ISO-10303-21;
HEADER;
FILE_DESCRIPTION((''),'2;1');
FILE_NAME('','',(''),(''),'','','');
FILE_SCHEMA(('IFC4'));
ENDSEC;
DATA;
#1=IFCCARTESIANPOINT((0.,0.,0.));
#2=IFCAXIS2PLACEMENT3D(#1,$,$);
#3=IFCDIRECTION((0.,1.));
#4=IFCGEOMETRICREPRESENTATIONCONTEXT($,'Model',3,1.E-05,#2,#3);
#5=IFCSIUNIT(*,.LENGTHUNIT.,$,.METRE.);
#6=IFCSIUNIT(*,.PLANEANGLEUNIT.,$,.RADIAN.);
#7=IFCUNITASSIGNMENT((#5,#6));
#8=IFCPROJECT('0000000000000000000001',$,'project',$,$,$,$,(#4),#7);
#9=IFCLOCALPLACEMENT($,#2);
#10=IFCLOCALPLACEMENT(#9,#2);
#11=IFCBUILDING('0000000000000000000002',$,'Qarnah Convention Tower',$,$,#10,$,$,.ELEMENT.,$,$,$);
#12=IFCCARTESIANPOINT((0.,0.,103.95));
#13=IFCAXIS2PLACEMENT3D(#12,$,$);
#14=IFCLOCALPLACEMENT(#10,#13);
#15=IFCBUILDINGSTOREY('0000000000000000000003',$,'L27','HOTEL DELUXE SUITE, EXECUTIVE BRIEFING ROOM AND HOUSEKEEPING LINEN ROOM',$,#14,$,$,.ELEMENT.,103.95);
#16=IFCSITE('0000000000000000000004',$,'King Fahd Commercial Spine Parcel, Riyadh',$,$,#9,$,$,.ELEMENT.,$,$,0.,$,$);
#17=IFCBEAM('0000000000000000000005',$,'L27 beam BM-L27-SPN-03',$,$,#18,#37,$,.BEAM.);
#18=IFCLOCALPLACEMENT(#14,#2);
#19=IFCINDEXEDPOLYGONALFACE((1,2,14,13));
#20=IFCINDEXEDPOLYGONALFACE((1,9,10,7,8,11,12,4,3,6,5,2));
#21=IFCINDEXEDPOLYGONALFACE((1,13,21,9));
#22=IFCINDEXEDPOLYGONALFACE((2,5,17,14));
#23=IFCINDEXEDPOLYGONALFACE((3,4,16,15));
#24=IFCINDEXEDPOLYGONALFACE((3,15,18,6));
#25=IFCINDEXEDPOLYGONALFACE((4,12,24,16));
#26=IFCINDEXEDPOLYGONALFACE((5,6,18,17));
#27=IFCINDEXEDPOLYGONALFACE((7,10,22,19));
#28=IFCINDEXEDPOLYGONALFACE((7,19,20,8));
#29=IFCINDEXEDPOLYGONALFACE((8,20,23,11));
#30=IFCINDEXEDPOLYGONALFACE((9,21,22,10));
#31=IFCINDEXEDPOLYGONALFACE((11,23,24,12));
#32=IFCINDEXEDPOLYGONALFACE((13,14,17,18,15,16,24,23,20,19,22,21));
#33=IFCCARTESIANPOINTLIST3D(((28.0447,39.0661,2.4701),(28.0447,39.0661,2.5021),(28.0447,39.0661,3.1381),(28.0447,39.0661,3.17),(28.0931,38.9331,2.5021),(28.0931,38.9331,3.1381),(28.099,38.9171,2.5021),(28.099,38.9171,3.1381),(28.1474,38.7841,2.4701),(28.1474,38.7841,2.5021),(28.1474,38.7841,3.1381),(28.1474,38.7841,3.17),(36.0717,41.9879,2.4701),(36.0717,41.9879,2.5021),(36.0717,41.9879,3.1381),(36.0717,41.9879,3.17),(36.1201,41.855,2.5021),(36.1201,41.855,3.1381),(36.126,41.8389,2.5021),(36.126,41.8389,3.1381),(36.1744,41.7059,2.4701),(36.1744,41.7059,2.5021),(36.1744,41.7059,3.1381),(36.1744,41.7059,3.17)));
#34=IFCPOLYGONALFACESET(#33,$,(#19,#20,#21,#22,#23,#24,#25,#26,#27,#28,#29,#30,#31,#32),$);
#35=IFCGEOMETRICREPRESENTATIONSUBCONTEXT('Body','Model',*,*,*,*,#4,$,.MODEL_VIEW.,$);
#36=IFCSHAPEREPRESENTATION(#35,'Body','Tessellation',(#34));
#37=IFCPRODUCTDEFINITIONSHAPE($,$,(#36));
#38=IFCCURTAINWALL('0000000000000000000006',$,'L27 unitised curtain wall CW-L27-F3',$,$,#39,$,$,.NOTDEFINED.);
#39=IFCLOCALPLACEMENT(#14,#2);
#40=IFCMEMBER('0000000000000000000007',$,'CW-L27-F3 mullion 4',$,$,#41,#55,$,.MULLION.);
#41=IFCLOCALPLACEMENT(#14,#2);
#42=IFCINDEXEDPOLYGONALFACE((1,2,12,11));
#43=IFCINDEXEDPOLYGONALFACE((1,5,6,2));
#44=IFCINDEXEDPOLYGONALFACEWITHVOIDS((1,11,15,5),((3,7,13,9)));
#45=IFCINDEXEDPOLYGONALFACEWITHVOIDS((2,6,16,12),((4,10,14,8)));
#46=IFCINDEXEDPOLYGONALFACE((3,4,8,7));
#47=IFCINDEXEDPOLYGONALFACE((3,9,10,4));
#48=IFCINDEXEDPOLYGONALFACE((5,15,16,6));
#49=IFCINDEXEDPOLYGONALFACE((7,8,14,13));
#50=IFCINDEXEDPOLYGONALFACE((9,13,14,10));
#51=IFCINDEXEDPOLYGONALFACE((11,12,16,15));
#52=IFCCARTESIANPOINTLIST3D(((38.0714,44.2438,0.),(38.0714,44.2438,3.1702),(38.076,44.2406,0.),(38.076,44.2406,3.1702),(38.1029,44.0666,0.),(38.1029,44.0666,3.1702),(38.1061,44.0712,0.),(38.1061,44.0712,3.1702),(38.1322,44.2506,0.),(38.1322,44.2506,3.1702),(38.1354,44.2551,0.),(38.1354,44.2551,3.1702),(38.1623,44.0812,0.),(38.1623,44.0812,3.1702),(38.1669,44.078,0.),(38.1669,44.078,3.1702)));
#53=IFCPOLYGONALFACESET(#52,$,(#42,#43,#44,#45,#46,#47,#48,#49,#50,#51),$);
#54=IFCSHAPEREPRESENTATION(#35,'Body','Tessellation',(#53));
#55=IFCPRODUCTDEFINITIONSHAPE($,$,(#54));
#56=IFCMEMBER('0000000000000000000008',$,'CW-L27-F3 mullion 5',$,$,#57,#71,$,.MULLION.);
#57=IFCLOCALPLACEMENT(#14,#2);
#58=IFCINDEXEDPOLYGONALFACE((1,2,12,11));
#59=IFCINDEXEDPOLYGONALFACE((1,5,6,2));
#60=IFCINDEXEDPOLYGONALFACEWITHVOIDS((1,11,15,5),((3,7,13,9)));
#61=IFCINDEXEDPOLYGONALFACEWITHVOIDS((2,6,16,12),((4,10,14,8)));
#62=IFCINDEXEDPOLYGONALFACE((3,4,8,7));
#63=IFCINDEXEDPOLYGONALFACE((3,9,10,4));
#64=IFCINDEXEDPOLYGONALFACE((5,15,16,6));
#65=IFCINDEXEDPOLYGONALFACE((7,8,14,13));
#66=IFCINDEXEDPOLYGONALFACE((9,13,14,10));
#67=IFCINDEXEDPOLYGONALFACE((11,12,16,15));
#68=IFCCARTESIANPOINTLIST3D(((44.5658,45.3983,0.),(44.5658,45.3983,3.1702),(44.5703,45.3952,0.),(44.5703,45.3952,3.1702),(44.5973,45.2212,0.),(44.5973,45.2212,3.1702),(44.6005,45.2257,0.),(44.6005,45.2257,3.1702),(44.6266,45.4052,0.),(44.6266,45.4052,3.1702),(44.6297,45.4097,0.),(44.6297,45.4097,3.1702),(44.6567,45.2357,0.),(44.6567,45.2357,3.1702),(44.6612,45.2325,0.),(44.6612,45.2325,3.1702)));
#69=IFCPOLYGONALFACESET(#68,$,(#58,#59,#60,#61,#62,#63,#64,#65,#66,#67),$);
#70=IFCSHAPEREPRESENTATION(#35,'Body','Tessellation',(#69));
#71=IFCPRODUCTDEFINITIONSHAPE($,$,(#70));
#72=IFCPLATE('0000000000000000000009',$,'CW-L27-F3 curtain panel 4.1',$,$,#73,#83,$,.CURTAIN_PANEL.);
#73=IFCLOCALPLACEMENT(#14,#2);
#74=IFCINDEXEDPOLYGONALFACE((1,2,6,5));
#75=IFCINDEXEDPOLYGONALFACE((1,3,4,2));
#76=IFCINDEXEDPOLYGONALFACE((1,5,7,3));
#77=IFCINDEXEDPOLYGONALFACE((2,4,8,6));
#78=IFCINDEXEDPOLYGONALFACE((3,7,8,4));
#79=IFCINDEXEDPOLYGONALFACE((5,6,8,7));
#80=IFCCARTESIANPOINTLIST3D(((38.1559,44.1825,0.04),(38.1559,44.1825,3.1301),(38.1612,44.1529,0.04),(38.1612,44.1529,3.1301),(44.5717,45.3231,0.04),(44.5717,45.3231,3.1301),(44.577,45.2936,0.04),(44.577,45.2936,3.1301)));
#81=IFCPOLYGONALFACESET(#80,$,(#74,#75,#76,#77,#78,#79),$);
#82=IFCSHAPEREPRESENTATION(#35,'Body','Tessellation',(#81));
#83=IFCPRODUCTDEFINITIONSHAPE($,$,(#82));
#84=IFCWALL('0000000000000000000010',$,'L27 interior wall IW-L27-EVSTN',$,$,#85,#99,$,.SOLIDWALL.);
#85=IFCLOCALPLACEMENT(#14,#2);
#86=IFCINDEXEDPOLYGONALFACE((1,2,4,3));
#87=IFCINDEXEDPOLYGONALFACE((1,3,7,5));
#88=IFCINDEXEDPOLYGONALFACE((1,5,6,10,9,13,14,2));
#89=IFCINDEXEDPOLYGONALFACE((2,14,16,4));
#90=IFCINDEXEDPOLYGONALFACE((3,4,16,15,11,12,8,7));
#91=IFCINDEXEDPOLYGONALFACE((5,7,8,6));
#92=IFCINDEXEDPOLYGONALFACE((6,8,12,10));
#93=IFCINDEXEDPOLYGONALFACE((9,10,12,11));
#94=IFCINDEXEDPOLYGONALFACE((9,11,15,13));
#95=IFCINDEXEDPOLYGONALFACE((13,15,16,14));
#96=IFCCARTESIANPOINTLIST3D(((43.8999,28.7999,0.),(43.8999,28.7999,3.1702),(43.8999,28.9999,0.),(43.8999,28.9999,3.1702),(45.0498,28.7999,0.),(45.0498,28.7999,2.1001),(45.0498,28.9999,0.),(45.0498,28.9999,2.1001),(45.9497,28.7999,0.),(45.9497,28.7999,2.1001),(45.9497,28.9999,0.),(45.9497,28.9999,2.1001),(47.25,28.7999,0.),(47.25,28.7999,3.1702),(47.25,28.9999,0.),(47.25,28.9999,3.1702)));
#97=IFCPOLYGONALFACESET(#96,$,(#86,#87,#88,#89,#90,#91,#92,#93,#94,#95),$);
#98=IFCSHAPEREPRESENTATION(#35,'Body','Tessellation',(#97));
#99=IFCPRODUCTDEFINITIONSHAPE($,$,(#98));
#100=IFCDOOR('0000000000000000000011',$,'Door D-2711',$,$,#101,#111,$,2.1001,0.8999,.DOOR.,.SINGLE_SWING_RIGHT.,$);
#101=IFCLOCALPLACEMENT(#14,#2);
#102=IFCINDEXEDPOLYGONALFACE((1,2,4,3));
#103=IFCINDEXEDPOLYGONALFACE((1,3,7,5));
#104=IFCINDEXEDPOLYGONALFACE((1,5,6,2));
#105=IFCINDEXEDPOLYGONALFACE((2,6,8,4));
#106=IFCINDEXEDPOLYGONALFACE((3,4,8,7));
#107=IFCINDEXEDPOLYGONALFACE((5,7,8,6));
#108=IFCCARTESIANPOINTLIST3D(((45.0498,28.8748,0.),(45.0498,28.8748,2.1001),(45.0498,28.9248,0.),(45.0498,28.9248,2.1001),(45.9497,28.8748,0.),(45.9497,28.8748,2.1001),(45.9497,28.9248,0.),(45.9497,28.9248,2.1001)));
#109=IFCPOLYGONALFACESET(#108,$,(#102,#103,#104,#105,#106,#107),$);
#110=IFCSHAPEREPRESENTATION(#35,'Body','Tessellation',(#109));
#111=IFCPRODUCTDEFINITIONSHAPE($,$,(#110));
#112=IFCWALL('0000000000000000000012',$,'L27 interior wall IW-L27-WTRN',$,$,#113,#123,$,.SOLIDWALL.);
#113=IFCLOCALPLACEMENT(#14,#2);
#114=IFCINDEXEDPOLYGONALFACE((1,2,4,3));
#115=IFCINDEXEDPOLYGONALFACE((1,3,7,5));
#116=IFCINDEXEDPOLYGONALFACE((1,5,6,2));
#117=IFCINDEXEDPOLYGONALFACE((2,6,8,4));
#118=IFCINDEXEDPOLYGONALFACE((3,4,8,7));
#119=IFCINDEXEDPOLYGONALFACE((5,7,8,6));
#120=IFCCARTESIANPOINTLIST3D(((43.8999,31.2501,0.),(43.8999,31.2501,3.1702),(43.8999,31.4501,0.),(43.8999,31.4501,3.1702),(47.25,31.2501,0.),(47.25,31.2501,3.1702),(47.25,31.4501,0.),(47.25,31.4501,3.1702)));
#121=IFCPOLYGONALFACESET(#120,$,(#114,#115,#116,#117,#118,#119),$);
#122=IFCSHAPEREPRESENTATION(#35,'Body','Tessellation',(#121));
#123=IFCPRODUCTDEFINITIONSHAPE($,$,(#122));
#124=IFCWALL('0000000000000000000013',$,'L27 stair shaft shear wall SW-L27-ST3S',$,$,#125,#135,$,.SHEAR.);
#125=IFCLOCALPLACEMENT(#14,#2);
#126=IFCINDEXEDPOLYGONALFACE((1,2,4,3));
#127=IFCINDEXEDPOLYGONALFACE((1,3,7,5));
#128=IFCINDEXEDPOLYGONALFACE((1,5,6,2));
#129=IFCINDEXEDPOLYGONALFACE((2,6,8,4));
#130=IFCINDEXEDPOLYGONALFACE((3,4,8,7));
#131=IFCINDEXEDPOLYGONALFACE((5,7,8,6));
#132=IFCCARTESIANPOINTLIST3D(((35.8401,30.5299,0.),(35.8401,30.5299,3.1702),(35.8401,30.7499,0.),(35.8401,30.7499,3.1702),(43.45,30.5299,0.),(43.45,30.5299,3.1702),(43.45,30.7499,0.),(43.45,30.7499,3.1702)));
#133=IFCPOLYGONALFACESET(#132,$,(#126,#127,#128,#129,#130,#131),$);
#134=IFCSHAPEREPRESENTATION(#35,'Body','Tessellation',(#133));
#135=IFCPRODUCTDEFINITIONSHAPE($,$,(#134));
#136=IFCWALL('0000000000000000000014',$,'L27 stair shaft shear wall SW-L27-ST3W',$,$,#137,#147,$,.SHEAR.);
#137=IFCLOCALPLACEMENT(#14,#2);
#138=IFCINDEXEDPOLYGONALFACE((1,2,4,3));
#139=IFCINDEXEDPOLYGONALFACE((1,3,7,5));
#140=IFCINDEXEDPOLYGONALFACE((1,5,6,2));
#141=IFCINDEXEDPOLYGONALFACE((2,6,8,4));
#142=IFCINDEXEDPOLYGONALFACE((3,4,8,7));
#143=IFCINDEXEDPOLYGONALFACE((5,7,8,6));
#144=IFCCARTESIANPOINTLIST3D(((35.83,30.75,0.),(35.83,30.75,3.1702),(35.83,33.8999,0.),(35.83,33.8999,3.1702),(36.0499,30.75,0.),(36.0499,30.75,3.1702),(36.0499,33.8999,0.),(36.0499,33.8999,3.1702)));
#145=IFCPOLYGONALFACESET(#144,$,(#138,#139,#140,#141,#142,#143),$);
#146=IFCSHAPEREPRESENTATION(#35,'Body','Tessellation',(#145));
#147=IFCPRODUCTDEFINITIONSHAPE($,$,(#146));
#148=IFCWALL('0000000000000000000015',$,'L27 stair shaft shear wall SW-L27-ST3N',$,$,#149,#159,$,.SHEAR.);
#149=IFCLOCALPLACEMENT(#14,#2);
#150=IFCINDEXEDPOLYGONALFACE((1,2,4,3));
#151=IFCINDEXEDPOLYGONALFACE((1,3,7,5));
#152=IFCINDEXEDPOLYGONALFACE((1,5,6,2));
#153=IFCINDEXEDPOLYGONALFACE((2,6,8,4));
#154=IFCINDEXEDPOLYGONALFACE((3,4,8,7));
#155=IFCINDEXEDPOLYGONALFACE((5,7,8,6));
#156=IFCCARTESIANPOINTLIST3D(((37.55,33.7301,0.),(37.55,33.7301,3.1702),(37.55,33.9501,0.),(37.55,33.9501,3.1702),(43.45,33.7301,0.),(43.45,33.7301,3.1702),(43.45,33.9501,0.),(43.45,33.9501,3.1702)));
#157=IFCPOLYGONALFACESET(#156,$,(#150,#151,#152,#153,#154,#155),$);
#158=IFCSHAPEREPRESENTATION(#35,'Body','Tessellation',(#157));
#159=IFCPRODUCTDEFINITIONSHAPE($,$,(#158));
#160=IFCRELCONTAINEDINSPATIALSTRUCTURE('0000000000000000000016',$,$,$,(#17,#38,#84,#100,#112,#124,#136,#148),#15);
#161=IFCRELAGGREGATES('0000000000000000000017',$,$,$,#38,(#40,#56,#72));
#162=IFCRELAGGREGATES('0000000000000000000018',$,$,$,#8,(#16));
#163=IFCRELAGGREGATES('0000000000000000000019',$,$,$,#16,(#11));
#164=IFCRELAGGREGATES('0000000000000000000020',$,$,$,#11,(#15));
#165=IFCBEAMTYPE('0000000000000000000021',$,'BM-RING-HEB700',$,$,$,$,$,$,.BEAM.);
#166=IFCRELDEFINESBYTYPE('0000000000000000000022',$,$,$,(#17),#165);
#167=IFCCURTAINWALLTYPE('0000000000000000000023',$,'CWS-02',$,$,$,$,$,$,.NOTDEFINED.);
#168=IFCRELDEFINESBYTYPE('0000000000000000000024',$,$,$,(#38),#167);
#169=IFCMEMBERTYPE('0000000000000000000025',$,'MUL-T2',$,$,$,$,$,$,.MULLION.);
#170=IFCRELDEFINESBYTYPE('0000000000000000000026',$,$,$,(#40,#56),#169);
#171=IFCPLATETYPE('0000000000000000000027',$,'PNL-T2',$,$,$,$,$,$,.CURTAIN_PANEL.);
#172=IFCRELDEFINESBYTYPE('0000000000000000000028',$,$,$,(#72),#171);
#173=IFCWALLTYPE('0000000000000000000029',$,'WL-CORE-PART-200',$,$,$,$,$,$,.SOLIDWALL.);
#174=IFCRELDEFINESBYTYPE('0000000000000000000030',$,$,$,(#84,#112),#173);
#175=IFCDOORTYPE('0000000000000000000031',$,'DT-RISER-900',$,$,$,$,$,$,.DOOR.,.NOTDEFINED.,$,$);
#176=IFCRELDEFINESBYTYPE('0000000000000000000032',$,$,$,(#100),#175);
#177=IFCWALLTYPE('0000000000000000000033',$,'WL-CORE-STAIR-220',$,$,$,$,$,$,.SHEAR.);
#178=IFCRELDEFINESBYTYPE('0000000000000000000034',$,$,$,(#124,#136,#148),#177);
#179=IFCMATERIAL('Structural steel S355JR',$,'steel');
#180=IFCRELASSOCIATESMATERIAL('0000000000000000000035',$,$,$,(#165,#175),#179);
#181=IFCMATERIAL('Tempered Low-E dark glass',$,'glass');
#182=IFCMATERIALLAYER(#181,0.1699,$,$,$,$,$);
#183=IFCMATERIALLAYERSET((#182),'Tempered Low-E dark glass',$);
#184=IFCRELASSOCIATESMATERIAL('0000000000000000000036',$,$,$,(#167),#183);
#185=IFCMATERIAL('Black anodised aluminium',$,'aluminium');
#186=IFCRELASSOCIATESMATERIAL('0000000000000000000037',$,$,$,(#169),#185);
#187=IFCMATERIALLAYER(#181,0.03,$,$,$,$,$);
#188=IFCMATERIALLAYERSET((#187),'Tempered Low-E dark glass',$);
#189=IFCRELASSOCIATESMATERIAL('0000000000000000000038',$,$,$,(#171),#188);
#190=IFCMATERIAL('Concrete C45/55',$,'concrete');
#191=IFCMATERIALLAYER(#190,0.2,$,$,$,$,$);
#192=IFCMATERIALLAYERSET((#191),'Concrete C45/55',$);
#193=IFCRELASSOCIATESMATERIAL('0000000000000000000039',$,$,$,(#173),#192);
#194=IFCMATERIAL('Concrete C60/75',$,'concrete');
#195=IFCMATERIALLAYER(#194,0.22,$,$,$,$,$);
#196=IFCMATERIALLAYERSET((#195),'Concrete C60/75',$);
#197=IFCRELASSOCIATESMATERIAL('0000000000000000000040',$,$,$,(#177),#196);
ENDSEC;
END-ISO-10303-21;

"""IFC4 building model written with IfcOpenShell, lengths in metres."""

from ifc_helpers import new_model, si_unit, direction, frame, frame_2d, origin, origin_2d, place, context, subcontext, project, spatial, rectangle, hollow_rectangle, i_section, extrude, material, layer, layer_set, material_profile, profile_set, type_object, element, fill, aggregate, save


model = new_model("IFC4")

# Units and contexts
model_context = context("Model", 3, precision=1e-05, world=origin(), true_north=direction((0.0, 1.0)))
body_context = subcontext(model_context, "Body", "Model", "MODEL_VIEW")
ifc_project = project(units=[si_unit("LENGTHUNIT", "METRE"), si_unit("PLANEANGLEUNIT", "RADIAN")], contexts=[model_context])

# Site, building, storey
site_placement = place(None, origin())
site = spatial("IfcSite", under=ifc_project, at=site_placement, Name="King Fahd Commercial Spine Parcel, Riyadh", CompositionType="ELEMENT", RefElevation=0.0)
building_placement = place(site_placement, origin())
building = spatial("IfcBuilding", under=site, at=building_placement, Name="Qarnah Convention Tower", CompositionType="ELEMENT")
storey_placement = place(building_placement, frame((0.0, 0.0, 103.95)))
storey = spatial("IfcBuildingStorey", under=building, at=storey_placement, Name="L27", Description="HOTEL DELUXE SUITE, EXECUTIVE BRIEFING ROOM AND HOUSEKEEPING LINEN ROOM", CompositionType="ELEMENT", Elevation=103.95)

# Shared definitions
ifc_material_1 = material(Name="Concrete C60/75", Category="concrete")

# Beam
ifc_material_2 = material(Name="Structural steel S355JR", Category="steel")
ifc_material_profile_1 = material_profile(ifc_material_2, i_section(OverallWidth=0.3, OverallDepth=0.7, WebThickness=0.0171, FlangeThickness=0.032, at=origin_2d()), Name="HEB700")
ifc_profile_set_1 = profile_set([ifc_material_profile_1], Name="Structural steel S355JR")
beam_type_1 = type_object("IfcBeamType", Name="BM-RING-HEB700", PredefinedType="BEAM", material=ifc_profile_set_1)
beam_1_placement = place(storey_placement, frame((36.123, 41.8469, 2.8201), z_axis=(-0.939683, -0.342046, 0.0), x_axis=(0.342046, -0.939683, 0.0)))
element("IfcBeam", 1, at=beam_1_placement, inside=storey, type_object=beam_type_1, Name="L27 beam BM-L27-SPN-03", PredefinedType="BEAM", context=body_context, shape_type="SweptSolid", body=[
    extrude(i_section(OverallWidth=0.3, OverallDepth=0.7, WebThickness=0.0171, FlangeThickness=0.032, at=origin_2d()), origin(), (0.0, 0.0, 1.0), 8.5422),
])

# Curtain wall, members, plate
ifc_material_3 = material(Name="Tempered Low-E dark glass", Category="glass")
ifc_layer_1 = layer(ifc_material_3, 0.1699)
ifc_layer_set_1 = layer_set([ifc_layer_1], Name="Tempered Low-E dark glass")
curtain_wall_type = type_object("IfcCurtainWallType", Name="CWS-02", PredefinedType="NOTDEFINED", material=ifc_layer_set_1)
curtain_wall_placement = place(storey_placement, origin())
curtain_wall = element("IfcCurtainWall", 2, at=curtain_wall_placement, inside=storey, type_object=curtain_wall_type, Name="L27 unitised curtain wall CW-L27-F3", PredefinedType="NOTDEFINED")
ifc_material_4 = material(Name="Black anodised aluminium", Category="aluminium")
ifc_material_profile_2 = material_profile(ifc_material_4, hollow_rectangle(XDim=0.0649, YDim=0.1799, WallThickness=0.0039, at=origin_2d()), Name="MUL-65X180")
ifc_profile_set_2 = profile_set([ifc_material_profile_2], Name="Black anodised aluminium")
member_type = type_object("IfcMemberType", Name="MUL-T2", PredefinedType="MULLION", material=ifc_profile_set_2)
member_1_placement = place(storey_placement, frame((38.1191, 44.1609, 0.0), z_axis=(0.0, 0.0, 1.0), x_axis=(0.984561, 0.175039, 0.0)))
member_1 = element("IfcMember", 3, at=member_1_placement, type_object=member_type, Name="CW-L27-F3 mullion 4", PredefinedType="MULLION", context=body_context, shape_type="SweptSolid", body=[
    extrude(hollow_rectangle(XDim=0.0649, YDim=0.1799, WallThickness=0.0039, at=origin_2d()), origin(), (0.0, 0.0, 1.0), 3.1702),
])
member_2_placement = place(storey_placement, frame((44.6135, 45.3154, 0.0), z_axis=(0.0, 0.0, 1.0), x_axis=(0.984561, 0.175039, 0.0)))
member_2 = element("IfcMember", 4, at=member_2_placement, type_object=member_type, Name="CW-L27-F3 mullion 5", PredefinedType="MULLION", context=body_context, shape_type="SweptSolid", body=[
    extrude(hollow_rectangle(XDim=0.0649, YDim=0.1799, WallThickness=0.0039, at=origin_2d()), origin(), (0.0, 0.0, 1.0), 3.1702),
])
ifc_layer_2 = layer(ifc_material_3, 0.03)
ifc_layer_set_2 = layer_set([ifc_layer_2], Name="Tempered Low-E dark glass")
plate_type = type_object("IfcPlateType", Name="PNL-T2", PredefinedType="CURTAIN_PANEL", material=ifc_layer_set_2)
plate_placement = place(storey_placement, frame((41.3665, 44.738, 0.04), z_axis=(0.0, 0.0, 1.0), x_axis=(0.984561, 0.175039, 0.0)))
plate = element("IfcPlate", 5, at=plate_placement, type_object=plate_type, Name="CW-L27-F3 curtain panel 4.1", PredefinedType="CURTAIN_PANEL", context=body_context, shape_type="SweptSolid", body=[
    extrude(rectangle(XDim=6.5164, YDim=0.03, at=origin_2d()), origin(), (0.0, 0.0, 1.0), 3.0901),
])
aggregate(curtain_wall, [member_1, member_2, plate])

# Wall, opening, door
ifc_material_5 = material(Name="Concrete C45/55", Category="concrete")
ifc_layer_3 = layer(ifc_material_5, 0.2)
ifc_layer_set_3 = layer_set([ifc_layer_3], Name="Concrete C45/55")
wall_type_1 = type_object("IfcWallType", Name="WL-CORE-PART-200", PredefinedType="SOLIDWALL", material=ifc_layer_set_3)
wall_1_placement = place(storey_placement, frame((43.8999, 28.8999, 0.0), z_axis=(0.0, 0.0, 1.0), x_axis=(1.0, 0.0, 0.0)))
wall_1 = element("IfcWall", 6, at=wall_1_placement, inside=storey, type_object=wall_type_1, Name="L27 interior wall IW-L27-EVSTN", PredefinedType="SOLIDWALL", context=body_context, shape_type="SweptSolid", body=[
    extrude(rectangle(XDim=3.3501, YDim=0.2, at=frame_2d((1.675, 0.0))), origin(), (0.0, 0.0, 1.0), 3.1702),
])
opening_placement = place(wall_1_placement, frame((1.1499, 0.0, 0.0)))
opening = element("IfcOpeningElement", 7, at=opening_placement, cuts=wall_1, PredefinedType="OPENING", context=body_context, shape_type="SweptSolid", body=[
    extrude(rectangle(XDim=0.8999, YDim=2.1001, at=frame_2d((0.45, 1.05))), frame((0.0, 0.1099, 0.0), z_axis=(0.0, -1.0, 0.0), x_axis=(1.0, 0.0, 0.0)), (0.0, 0.0, 1.0), 0.22),
])
door_type = type_object("IfcDoorType", Name="DT-RISER-900", OperationType="NOTDEFINED", PredefinedType="DOOR", material=ifc_material_2)
door_placement = place(opening_placement, origin())
door = element("IfcDoor", 8, at=door_placement, inside=storey, type_object=door_type, Name="Door D-2711", OperationType="SINGLE_SWING_RIGHT", OverallHeight=2.1001, OverallWidth=0.8999, PredefinedType="DOOR", context=body_context, shape_type="SweptSolid", body=[
    extrude(rectangle(XDim=0.8999, YDim=2.1001, at=frame_2d((0.45, 1.05))), frame((0.0, 0.0249, 0.0), z_axis=(0.0, -1.0, 0.0), x_axis=(1.0, 0.0, 0.0)), (0.0, 0.0, 1.0), 0.05),
])
fill(opening, door)

# Walls
wall_2_placement = place(storey_placement, frame((43.8999, 31.3501, 0.0), z_axis=(0.0, 0.0, 1.0), x_axis=(1.0, 0.0, 0.0)))
element("IfcWall", 9, at=wall_2_placement, inside=storey, type_object=wall_type_1, Name="L27 interior wall IW-L27-WTRN", PredefinedType="SOLIDWALL", context=body_context, shape_type="SweptSolid", body=[
    extrude(rectangle(XDim=3.3501, YDim=0.2, at=frame_2d((1.675, 0.0))), origin(), (0.0, 0.0, 1.0), 3.1702),
])
ifc_layer_4 = layer(ifc_material_1, 0.22)
ifc_layer_set_4 = layer_set([ifc_layer_4], Name="Concrete C60/75")
wall_type_2 = type_object("IfcWallType", Name="WL-CORE-STAIR-220", PredefinedType="SHEAR", material=ifc_layer_set_4)
wall_3_placement = place(storey_placement, frame((35.8401, 30.6399, 0.0), z_axis=(0.0, 0.0, 1.0), x_axis=(1.0, 0.0, 0.0)))
element("IfcWall", 10, at=wall_3_placement, inside=storey, type_object=wall_type_2, Name="L27 stair shaft shear wall SW-L27-ST3S", PredefinedType="SHEAR", context=body_context, shape_type="SweptSolid", body=[
    extrude(rectangle(XDim=7.6099, YDim=0.22, at=frame_2d((3.8049, 0.0))), origin(), (0.0, 0.0, 1.0), 3.1702),
])
wall_4_placement = place(storey_placement, frame((35.9399, 30.75, 0.0), z_axis=(0.0, 0.0, 1.0), x_axis=(0.0, 1.0, 0.0)))
element("IfcWall", 11, at=wall_4_placement, inside=storey, type_object=wall_type_2, Name="L27 stair shaft shear wall SW-L27-ST3W", PredefinedType="SHEAR", context=body_context, shape_type="SweptSolid", body=[
    extrude(rectangle(XDim=3.1499, YDim=0.22, at=frame_2d((1.575, 0.0))), origin(), (0.0, 0.0, 1.0), 3.1702),
])
wall_5_placement = place(storey_placement, frame((37.55, 33.8401, 0.0), z_axis=(0.0, 0.0, 1.0), x_axis=(1.0, 0.0, 0.0)))
element("IfcWall", 12, at=wall_5_placement, inside=storey, type_object=wall_type_2, Name="L27 stair shaft shear wall SW-L27-ST3N", PredefinedType="SHEAR", context=body_context, shape_type="SweptSolid", body=[
    extrude(rectangle(XDim=5.8999, YDim=0.22, at=frame_2d((2.95, 0.0))), origin(), (0.0, 0.0, 1.0), 3.1702),
])

save(model, "model.ifc")
